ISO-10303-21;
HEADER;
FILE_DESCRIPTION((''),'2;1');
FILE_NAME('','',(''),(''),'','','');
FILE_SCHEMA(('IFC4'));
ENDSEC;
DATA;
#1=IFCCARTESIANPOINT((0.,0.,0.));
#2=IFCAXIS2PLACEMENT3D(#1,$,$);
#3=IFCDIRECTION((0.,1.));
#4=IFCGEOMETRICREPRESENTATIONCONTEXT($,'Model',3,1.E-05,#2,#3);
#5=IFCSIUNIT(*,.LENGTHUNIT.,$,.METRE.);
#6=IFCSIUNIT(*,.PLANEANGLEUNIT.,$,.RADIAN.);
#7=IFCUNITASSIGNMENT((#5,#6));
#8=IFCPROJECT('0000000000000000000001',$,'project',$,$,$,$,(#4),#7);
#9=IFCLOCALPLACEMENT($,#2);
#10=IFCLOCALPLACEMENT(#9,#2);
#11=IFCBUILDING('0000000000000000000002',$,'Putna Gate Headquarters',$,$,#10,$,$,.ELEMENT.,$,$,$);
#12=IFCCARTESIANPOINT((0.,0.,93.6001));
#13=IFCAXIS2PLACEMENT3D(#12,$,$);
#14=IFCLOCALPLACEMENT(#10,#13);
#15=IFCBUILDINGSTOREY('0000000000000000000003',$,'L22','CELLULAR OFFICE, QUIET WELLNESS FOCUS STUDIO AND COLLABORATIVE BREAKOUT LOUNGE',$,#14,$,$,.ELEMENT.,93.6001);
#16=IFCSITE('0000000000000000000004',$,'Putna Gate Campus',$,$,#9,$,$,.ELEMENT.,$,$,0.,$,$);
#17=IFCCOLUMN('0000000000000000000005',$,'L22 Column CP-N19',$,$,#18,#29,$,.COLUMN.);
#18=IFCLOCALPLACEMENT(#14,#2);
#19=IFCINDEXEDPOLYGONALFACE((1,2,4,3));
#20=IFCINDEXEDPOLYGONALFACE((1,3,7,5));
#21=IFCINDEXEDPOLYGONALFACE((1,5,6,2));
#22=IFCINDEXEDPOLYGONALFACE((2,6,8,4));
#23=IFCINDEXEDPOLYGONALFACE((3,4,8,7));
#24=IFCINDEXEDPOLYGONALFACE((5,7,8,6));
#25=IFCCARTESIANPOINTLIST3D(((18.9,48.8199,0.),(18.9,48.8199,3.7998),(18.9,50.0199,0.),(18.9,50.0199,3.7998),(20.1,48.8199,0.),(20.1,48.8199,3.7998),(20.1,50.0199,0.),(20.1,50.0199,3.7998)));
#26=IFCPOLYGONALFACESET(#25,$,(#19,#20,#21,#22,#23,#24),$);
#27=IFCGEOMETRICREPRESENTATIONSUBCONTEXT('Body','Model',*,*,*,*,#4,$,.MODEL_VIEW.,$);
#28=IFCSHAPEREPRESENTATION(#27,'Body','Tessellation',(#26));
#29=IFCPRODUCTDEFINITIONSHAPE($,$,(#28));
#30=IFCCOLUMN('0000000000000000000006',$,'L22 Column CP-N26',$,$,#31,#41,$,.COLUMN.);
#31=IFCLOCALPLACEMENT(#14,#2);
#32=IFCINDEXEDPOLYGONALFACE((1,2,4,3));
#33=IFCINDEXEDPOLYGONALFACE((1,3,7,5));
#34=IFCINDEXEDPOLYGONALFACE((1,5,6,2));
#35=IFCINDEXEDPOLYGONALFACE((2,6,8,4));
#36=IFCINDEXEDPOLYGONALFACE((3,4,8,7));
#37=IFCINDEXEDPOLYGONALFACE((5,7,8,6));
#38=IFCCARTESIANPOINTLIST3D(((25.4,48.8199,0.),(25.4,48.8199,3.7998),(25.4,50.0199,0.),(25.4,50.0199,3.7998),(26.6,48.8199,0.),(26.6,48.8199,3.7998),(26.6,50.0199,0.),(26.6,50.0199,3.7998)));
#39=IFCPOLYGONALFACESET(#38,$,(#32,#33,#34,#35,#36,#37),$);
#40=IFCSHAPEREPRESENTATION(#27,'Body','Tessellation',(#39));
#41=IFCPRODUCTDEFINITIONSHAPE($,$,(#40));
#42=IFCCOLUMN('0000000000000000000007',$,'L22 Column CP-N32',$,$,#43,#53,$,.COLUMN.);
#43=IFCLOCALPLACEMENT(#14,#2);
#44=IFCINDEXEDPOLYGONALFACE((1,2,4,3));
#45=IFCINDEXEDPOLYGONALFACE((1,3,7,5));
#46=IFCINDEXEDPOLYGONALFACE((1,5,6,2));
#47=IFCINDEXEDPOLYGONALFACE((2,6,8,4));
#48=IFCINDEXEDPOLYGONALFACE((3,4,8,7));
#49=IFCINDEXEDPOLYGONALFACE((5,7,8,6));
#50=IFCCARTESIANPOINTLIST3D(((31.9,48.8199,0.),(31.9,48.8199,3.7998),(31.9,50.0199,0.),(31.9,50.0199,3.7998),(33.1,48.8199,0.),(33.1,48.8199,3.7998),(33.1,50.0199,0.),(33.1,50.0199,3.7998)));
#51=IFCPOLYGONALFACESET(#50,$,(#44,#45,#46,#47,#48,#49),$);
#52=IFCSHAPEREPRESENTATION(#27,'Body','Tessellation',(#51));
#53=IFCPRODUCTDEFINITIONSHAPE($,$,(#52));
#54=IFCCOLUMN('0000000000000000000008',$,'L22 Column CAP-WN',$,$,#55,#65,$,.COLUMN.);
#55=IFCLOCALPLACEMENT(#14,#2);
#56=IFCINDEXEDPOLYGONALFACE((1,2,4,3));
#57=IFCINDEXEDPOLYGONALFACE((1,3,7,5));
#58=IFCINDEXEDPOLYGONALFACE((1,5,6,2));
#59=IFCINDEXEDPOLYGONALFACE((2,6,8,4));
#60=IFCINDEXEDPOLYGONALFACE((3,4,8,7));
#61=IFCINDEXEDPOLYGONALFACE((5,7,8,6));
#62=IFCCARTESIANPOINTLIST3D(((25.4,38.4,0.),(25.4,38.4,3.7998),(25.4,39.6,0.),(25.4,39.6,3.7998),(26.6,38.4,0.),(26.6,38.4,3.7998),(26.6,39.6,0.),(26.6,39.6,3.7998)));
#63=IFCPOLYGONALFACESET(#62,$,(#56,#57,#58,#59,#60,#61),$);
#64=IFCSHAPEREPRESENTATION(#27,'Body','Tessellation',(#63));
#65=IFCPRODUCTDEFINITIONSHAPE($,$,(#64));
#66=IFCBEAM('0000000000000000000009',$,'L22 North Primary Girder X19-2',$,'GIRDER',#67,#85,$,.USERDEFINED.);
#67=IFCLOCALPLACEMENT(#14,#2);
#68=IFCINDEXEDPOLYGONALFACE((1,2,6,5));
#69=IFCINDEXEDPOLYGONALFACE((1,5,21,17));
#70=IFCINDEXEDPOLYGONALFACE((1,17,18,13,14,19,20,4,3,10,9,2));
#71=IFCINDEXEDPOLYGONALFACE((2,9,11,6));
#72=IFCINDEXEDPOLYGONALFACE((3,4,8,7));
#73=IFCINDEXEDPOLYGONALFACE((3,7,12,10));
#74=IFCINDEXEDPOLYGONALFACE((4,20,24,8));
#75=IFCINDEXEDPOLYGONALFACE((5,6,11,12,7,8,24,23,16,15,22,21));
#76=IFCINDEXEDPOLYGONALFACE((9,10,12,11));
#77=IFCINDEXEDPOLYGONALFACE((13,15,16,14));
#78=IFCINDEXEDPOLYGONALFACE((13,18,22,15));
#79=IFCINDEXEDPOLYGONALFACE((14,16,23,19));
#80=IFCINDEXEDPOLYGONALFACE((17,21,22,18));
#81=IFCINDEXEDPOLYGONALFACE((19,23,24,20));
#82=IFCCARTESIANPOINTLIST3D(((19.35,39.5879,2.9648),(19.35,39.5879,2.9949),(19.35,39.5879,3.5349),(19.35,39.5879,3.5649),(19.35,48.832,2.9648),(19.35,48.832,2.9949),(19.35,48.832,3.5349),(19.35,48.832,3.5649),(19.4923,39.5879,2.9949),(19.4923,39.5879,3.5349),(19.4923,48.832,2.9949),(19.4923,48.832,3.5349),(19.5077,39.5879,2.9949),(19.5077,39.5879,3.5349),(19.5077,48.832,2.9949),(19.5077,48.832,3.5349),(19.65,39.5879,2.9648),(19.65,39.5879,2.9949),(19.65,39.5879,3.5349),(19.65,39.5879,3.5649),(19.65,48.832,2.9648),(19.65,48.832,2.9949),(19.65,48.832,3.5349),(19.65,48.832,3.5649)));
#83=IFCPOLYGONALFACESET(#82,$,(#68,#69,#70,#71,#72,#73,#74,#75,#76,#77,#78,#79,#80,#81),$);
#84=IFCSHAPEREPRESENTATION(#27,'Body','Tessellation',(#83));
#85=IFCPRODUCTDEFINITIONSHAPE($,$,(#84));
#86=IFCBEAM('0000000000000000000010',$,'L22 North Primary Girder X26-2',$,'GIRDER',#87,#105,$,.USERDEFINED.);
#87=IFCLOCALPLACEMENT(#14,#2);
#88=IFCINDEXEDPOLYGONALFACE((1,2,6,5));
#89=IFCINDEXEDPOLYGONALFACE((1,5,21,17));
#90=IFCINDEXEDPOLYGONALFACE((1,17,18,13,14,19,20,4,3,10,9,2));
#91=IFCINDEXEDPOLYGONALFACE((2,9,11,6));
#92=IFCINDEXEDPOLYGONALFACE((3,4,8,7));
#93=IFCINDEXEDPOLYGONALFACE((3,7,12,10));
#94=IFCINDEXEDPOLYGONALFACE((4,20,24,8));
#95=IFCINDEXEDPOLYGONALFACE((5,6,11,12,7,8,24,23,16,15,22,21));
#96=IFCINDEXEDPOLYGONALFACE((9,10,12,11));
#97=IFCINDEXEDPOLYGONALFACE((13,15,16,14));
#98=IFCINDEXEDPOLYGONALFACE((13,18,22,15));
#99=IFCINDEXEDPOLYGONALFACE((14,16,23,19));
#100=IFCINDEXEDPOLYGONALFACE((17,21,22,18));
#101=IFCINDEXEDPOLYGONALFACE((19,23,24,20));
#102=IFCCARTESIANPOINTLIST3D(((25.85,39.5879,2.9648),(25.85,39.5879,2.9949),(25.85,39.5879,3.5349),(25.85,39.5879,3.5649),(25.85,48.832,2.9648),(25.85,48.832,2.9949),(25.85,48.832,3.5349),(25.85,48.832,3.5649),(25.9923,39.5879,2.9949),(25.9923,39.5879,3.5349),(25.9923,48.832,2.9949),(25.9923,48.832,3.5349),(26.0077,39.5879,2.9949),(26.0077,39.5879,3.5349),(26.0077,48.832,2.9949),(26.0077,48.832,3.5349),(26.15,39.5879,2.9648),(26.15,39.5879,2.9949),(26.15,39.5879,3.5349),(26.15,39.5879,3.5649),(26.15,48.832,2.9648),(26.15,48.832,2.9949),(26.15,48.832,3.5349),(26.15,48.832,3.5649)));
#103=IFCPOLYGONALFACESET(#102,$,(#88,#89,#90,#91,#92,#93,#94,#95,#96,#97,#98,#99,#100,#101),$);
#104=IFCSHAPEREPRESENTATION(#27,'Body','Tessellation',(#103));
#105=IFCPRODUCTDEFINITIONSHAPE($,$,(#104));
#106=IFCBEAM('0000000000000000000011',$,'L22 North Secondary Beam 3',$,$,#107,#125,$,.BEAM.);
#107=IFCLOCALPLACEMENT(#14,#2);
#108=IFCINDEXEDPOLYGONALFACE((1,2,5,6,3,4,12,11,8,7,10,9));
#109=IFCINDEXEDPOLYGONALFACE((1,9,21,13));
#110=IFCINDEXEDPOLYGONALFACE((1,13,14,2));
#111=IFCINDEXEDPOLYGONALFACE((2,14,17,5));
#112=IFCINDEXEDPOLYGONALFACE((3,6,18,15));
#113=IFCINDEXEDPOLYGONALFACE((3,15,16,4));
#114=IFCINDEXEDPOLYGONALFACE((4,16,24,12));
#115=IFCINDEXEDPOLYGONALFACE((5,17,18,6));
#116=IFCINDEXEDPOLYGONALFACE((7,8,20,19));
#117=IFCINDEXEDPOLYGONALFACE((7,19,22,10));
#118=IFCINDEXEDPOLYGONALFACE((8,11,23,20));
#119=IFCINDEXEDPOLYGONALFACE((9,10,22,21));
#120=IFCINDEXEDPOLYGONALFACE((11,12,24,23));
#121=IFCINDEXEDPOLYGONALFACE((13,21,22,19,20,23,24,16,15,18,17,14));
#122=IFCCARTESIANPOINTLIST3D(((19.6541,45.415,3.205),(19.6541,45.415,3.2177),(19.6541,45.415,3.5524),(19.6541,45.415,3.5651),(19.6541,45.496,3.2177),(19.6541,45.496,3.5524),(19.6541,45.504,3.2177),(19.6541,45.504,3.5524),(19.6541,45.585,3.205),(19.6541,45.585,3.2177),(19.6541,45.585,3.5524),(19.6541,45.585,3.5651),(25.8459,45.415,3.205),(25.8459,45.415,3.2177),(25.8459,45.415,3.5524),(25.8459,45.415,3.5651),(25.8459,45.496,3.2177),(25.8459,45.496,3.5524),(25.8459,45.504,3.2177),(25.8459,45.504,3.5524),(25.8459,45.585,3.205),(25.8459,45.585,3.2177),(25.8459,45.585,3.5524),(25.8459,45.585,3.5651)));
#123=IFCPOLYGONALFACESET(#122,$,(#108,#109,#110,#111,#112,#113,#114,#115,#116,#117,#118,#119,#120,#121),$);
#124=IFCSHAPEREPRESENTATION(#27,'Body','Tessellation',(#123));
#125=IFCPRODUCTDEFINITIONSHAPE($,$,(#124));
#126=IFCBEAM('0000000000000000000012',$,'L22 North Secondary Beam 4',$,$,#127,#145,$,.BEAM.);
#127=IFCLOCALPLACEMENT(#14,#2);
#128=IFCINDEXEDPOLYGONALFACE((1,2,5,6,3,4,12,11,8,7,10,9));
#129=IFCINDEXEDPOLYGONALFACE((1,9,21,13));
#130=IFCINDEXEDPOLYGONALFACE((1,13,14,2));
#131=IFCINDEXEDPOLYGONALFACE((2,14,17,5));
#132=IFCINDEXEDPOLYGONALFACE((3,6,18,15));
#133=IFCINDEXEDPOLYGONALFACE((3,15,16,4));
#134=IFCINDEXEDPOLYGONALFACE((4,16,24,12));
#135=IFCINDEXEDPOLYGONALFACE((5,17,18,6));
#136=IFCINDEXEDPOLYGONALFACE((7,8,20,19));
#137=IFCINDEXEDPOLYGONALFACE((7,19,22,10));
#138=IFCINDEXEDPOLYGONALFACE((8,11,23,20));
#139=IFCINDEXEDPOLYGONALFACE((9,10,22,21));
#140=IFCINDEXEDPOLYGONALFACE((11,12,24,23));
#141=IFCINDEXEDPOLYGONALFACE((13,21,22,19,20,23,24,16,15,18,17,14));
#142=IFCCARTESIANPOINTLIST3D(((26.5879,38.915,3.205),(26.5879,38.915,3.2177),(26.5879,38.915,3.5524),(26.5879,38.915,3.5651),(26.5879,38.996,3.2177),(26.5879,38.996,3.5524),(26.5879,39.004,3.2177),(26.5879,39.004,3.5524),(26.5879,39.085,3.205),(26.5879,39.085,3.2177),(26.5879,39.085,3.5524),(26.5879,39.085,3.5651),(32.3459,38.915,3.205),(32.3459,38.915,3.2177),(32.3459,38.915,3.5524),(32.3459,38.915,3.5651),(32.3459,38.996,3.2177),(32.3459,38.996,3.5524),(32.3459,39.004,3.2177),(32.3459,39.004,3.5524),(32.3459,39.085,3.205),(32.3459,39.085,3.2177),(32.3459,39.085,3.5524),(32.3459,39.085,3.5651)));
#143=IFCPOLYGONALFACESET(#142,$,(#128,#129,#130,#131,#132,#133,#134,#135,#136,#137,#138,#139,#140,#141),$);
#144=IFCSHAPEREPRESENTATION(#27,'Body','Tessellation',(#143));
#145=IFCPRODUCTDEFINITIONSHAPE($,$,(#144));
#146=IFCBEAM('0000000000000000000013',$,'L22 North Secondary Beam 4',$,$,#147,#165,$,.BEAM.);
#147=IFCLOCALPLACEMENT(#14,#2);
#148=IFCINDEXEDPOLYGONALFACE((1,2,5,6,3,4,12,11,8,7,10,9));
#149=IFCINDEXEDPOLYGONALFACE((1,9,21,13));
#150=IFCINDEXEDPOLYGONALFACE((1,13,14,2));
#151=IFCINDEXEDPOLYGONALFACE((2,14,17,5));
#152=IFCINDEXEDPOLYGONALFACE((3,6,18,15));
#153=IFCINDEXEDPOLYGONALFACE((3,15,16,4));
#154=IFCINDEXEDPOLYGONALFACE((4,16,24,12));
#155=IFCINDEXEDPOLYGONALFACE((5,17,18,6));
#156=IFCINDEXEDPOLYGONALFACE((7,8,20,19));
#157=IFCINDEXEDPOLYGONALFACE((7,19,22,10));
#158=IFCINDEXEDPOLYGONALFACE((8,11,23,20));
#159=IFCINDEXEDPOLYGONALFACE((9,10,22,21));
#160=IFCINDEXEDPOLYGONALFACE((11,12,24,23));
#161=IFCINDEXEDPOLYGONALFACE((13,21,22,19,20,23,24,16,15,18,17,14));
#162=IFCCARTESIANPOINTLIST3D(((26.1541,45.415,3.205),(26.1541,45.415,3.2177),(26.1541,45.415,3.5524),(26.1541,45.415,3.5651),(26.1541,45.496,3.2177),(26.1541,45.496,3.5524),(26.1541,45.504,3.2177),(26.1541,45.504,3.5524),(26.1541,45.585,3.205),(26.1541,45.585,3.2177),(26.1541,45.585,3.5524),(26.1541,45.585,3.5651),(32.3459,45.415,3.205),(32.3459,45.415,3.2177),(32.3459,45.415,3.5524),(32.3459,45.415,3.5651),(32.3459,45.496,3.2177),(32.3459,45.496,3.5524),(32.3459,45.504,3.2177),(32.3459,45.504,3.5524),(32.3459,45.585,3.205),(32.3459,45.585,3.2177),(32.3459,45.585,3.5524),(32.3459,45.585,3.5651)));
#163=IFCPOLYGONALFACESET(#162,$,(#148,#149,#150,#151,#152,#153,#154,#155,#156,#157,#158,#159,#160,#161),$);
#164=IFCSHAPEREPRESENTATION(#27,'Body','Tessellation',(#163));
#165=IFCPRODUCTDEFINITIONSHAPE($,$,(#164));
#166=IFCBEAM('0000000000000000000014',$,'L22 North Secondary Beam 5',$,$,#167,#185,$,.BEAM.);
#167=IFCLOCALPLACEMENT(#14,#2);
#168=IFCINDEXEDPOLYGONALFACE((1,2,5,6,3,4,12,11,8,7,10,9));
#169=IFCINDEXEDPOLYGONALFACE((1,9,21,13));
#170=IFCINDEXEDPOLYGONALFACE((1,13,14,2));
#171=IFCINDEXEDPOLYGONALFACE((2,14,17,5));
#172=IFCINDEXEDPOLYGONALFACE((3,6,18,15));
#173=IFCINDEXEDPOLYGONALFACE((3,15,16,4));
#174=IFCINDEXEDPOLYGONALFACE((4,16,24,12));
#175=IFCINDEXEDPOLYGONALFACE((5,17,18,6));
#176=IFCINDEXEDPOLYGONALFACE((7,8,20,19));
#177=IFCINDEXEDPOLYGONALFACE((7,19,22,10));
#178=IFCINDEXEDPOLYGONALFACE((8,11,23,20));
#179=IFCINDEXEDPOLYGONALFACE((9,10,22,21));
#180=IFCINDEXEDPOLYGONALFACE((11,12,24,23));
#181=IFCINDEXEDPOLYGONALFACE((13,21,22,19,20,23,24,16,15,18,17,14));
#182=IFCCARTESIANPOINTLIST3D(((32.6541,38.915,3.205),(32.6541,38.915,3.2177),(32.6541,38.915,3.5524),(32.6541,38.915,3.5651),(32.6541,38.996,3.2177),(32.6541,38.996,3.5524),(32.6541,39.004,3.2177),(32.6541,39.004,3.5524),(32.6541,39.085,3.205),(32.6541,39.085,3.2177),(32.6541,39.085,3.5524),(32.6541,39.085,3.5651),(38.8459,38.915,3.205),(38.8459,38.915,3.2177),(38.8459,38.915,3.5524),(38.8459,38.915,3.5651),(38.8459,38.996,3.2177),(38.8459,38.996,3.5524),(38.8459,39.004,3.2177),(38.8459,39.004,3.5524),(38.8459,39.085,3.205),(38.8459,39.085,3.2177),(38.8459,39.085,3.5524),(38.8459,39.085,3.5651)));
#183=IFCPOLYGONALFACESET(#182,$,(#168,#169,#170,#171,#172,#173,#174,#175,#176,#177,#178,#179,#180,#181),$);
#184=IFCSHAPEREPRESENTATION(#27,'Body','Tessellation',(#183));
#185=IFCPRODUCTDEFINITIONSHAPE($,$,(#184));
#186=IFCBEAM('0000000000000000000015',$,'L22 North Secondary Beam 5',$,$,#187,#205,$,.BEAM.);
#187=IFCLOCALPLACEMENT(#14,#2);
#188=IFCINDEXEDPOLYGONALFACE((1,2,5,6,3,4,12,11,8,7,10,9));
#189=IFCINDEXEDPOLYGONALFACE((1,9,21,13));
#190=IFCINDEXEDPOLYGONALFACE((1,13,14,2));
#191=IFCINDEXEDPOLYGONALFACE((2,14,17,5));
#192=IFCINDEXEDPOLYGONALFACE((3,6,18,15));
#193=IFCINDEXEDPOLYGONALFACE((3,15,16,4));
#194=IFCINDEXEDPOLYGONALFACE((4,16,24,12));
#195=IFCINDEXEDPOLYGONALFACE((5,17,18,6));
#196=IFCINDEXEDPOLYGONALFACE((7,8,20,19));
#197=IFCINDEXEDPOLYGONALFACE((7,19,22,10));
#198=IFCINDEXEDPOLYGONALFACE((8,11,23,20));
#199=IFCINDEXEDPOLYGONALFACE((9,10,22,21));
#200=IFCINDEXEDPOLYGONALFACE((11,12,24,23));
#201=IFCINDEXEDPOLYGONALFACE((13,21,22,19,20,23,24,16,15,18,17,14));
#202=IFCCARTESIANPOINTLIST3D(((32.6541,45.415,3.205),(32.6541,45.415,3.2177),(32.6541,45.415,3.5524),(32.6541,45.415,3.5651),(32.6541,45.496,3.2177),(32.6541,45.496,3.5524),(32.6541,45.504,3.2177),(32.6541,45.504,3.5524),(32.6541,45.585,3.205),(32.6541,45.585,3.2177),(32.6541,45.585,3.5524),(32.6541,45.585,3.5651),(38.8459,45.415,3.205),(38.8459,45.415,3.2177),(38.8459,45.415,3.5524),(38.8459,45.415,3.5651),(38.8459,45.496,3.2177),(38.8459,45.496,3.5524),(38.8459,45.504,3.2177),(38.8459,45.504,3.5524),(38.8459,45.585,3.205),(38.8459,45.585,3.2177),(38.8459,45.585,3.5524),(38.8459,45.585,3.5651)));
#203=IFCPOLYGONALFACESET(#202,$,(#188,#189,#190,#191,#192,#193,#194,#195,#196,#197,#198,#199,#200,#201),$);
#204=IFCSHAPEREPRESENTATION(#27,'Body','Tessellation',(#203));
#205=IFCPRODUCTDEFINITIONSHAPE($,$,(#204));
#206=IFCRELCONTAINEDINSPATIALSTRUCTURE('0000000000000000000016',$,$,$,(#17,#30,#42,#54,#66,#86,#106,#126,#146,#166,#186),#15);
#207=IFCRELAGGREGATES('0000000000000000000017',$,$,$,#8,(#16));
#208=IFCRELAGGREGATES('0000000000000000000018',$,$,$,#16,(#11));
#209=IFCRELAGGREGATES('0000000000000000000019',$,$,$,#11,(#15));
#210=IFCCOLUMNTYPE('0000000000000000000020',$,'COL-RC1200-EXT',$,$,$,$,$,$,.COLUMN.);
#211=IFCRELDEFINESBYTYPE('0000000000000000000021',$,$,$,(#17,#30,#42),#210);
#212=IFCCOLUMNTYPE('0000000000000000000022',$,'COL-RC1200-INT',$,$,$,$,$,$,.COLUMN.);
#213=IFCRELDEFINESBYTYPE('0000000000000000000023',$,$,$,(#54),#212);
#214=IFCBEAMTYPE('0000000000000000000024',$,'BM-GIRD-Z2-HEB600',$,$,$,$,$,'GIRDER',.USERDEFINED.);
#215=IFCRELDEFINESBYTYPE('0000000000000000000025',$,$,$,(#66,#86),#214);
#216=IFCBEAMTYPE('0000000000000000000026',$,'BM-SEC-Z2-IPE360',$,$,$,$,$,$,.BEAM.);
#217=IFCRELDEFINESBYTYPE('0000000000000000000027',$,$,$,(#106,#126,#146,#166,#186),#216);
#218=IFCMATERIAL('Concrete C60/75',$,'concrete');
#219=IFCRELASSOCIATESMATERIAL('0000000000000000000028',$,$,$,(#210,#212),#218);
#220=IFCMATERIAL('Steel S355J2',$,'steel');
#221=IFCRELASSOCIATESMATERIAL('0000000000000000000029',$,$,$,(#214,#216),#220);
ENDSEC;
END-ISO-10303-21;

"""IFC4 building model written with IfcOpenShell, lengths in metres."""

from ifc_helpers import new_model, si_unit, direction, frame, origin, origin_2d, place, context, subcontext, project, spatial, rectangle, i_section, extrude, material, material_profile, profile_set, type_object, element, save


model = new_model("IFC4")

# Units and contexts
model_context = context("Model", 3, precision=1e-05, world=origin(), true_north=direction((0.0, 1.0)))
body_context = subcontext(model_context, "Body", "Model", "MODEL_VIEW")
ifc_project = project(units=[si_unit("LENGTHUNIT", "METRE"), si_unit("PLANEANGLEUNIT", "RADIAN")], contexts=[model_context])

# Site, building, storey
site_placement = place(None, origin())
site = spatial("IfcSite", under=ifc_project, at=site_placement, Name="Putna Gate Campus", CompositionType="ELEMENT", RefElevation=0.0)
building_placement = place(site_placement, origin())
building = spatial("IfcBuilding", under=site, at=building_placement, Name="Putna Gate Headquarters", CompositionType="ELEMENT")
storey_placement = place(building_placement, frame((0.0, 0.0, 93.6001)))
storey = spatial("IfcBuildingStorey", under=building, at=storey_placement, Name="L22", Description="CELLULAR OFFICE, QUIET WELLNESS FOCUS STUDIO AND COLLABORATIVE BREAKOUT LOUNGE", CompositionType="ELEMENT", Elevation=93.6001)

# Columns
ifc_material_1 = material(Name="Concrete C60/75", Category="concrete")
ifc_material_profile_1 = material_profile(ifc_material_1, rectangle(XDim=1.2, YDim=1.2, at=origin_2d()), Name="Concrete C60/75")
ifc_profile_set_1 = profile_set([ifc_material_profile_1], Name="Concrete C60/75")
column_type_1 = type_object("IfcColumnType", Name="COL-RC1200-EXT", PredefinedType="COLUMN", material=ifc_profile_set_1)
for number, where, z_axis, x_axis, name in (
    (1, (19.5, 49.4199, 0.0), (0.0, 0.0, 1.0), (1.0, 0.0, 0.0), "L22 Column CP-N19"),
    (2, (26.0, 49.4199, 0.0), (0.0, 0.0, 1.0), (1.0, 0.0, 0.0), "L22 Column CP-N26"),
    (3, (32.5, 49.4199, 0.0), (0.0, 0.0, 1.0), (1.0, 0.0, 0.0), "L22 Column CP-N32"),
):
    element("IfcColumn", number, at=place(storey_placement, frame(where, z_axis=z_axis, x_axis=x_axis)), inside=storey, type_object=column_type_1, Name=name, PredefinedType="COLUMN", context=body_context, shape_type="SweptSolid", body=[
        extrude(rectangle(XDim=1.2, YDim=1.2, at=origin_2d()), origin(), (0.0, 0.0, 1.0), 3.7998),
    ])
ifc_material_profile_2 = material_profile(ifc_material_1, rectangle(XDim=1.2, YDim=1.2, at=origin_2d()), Name="Concrete C60/75")
ifc_profile_set_2 = profile_set([ifc_material_profile_2], Name="Concrete C60/75")
column_type_2 = type_object("IfcColumnType", Name="COL-RC1200-INT", PredefinedType="COLUMN", material=ifc_profile_set_2)
column_placement = place(storey_placement, frame((26.0, 39.0, 0.0), z_axis=(0.0, 0.0, 1.0), x_axis=(1.0, 0.0, 0.0)))
element("IfcColumn", 4, at=column_placement, inside=storey, type_object=column_type_2, Name="L22 Column CAP-WN", PredefinedType="COLUMN", context=body_context, shape_type="SweptSolid", body=[
    extrude(rectangle(XDim=1.2, YDim=1.2, at=origin_2d()), origin(), (0.0, 0.0, 1.0), 3.7998),
])

# Beams
ifc_material_2 = material(Name="Steel S355J2", Category="steel")
ifc_material_profile_3 = material_profile(ifc_material_2, i_section(OverallWidth=0.3, OverallDepth=0.6001, WebThickness=0.0154, FlangeThickness=0.03, at=origin_2d()), Name="Steel S355J2")
ifc_profile_set_3 = profile_set([ifc_material_profile_3], Name="Steel S355J2")
beam_type_1 = type_object("IfcBeamType", Name="BM-GIRD-Z2-HEB600", ElementType="GIRDER", PredefinedType="USERDEFINED", material=ifc_profile_set_3)
for number, where, z_axis, x_axis, name in (
    (5, (19.5, 39.5879, 3.2649), (0.0, 1.0, 0.0), (-1.0, 0.0, 0.0), "L22 North Primary Girder X19-2"),
    (6, (26.0, 39.5879, 3.2649), (0.0, 1.0, 0.0), (-1.0, 0.0, 0.0), "L22 North Primary Girder X26-2"),
):
    element("IfcBeam", number, at=place(storey_placement, frame(where, z_axis=z_axis, x_axis=x_axis)), inside=storey, type_object=beam_type_1, Name=name, ObjectType="GIRDER", PredefinedType="USERDEFINED", context=body_context, shape_type="SweptSolid", body=[
        extrude(i_section(OverallWidth=0.3, OverallDepth=0.6001, WebThickness=0.0154, FlangeThickness=0.03, at=origin_2d()), origin(), (0.0, 0.0, 1.0), 9.2441),
    ])
ifc_material_profile_4 = material_profile(ifc_material_2, i_section(OverallWidth=0.1699, OverallDepth=0.3601, WebThickness=0.0081, FlangeThickness=0.0127, at=origin_2d()), Name="Steel S355J2")
ifc_profile_set_4 = profile_set([ifc_material_profile_4], Name="Steel S355J2")
beam_type_2 = type_object("IfcBeamType", Name="BM-SEC-Z2-IPE360", PredefinedType="BEAM", material=ifc_profile_set_4)
beam_1_placement = place(storey_placement, frame((19.6541, 45.5, 3.385), z_axis=(1.0, 0.0, 0.0), x_axis=(0.0, 1.0, 0.0)))
element("IfcBeam", 7, at=beam_1_placement, inside=storey, type_object=beam_type_2, Name="L22 North Secondary Beam 3", PredefinedType="BEAM", context=body_context, shape_type="SweptSolid", body=[
    extrude(i_section(OverallWidth=0.1699, OverallDepth=0.3601, WebThickness=0.0081, FlangeThickness=0.0127, at=origin_2d()), origin(), (0.0, 0.0, 1.0), 6.1919),
])
beam_2_placement = place(storey_placement, frame((26.5879, 39.0, 3.385), z_axis=(1.0, 0.0, 0.0), x_axis=(0.0, 1.0, 0.0)))
element("IfcBeam", 8, at=beam_2_placement, inside=storey, type_object=beam_type_2, Name="L22 North Secondary Beam 4", PredefinedType="BEAM", context=body_context, shape_type="SweptSolid", body=[
    extrude(i_section(OverallWidth=0.1699, OverallDepth=0.3601, WebThickness=0.0081, FlangeThickness=0.0127, at=origin_2d()), origin(), (0.0, 0.0, 1.0), 5.7581),
])
for number, where, z_axis, x_axis, name in (
    (9, (26.1541, 45.5, 3.385), (1.0, 0.0, 0.0), (0.0, 1.0, 0.0), "L22 North Secondary Beam 4"),
    (10, (32.6541, 39.0, 3.385), (1.0, 0.0, 0.0), (0.0, 1.0, 0.0), "L22 North Secondary Beam 5"),
    (11, (32.6541, 45.5, 3.385), (1.0, 0.0, 0.0), (0.0, 1.0, 0.0), "L22 North Secondary Beam 5"),
):
    element("IfcBeam", number, at=place(storey_placement, frame(where, z_axis=z_axis, x_axis=x_axis)), inside=storey, type_object=beam_type_2, Name=name, PredefinedType="BEAM", context=body_context, shape_type="SweptSolid", body=[
        extrude(i_section(OverallWidth=0.1699, OverallDepth=0.3601, WebThickness=0.0081, FlangeThickness=0.0127, at=origin_2d()), origin(), (0.0, 0.0, 1.0), 6.1919),
    ])

save(model, "model.ifc")
